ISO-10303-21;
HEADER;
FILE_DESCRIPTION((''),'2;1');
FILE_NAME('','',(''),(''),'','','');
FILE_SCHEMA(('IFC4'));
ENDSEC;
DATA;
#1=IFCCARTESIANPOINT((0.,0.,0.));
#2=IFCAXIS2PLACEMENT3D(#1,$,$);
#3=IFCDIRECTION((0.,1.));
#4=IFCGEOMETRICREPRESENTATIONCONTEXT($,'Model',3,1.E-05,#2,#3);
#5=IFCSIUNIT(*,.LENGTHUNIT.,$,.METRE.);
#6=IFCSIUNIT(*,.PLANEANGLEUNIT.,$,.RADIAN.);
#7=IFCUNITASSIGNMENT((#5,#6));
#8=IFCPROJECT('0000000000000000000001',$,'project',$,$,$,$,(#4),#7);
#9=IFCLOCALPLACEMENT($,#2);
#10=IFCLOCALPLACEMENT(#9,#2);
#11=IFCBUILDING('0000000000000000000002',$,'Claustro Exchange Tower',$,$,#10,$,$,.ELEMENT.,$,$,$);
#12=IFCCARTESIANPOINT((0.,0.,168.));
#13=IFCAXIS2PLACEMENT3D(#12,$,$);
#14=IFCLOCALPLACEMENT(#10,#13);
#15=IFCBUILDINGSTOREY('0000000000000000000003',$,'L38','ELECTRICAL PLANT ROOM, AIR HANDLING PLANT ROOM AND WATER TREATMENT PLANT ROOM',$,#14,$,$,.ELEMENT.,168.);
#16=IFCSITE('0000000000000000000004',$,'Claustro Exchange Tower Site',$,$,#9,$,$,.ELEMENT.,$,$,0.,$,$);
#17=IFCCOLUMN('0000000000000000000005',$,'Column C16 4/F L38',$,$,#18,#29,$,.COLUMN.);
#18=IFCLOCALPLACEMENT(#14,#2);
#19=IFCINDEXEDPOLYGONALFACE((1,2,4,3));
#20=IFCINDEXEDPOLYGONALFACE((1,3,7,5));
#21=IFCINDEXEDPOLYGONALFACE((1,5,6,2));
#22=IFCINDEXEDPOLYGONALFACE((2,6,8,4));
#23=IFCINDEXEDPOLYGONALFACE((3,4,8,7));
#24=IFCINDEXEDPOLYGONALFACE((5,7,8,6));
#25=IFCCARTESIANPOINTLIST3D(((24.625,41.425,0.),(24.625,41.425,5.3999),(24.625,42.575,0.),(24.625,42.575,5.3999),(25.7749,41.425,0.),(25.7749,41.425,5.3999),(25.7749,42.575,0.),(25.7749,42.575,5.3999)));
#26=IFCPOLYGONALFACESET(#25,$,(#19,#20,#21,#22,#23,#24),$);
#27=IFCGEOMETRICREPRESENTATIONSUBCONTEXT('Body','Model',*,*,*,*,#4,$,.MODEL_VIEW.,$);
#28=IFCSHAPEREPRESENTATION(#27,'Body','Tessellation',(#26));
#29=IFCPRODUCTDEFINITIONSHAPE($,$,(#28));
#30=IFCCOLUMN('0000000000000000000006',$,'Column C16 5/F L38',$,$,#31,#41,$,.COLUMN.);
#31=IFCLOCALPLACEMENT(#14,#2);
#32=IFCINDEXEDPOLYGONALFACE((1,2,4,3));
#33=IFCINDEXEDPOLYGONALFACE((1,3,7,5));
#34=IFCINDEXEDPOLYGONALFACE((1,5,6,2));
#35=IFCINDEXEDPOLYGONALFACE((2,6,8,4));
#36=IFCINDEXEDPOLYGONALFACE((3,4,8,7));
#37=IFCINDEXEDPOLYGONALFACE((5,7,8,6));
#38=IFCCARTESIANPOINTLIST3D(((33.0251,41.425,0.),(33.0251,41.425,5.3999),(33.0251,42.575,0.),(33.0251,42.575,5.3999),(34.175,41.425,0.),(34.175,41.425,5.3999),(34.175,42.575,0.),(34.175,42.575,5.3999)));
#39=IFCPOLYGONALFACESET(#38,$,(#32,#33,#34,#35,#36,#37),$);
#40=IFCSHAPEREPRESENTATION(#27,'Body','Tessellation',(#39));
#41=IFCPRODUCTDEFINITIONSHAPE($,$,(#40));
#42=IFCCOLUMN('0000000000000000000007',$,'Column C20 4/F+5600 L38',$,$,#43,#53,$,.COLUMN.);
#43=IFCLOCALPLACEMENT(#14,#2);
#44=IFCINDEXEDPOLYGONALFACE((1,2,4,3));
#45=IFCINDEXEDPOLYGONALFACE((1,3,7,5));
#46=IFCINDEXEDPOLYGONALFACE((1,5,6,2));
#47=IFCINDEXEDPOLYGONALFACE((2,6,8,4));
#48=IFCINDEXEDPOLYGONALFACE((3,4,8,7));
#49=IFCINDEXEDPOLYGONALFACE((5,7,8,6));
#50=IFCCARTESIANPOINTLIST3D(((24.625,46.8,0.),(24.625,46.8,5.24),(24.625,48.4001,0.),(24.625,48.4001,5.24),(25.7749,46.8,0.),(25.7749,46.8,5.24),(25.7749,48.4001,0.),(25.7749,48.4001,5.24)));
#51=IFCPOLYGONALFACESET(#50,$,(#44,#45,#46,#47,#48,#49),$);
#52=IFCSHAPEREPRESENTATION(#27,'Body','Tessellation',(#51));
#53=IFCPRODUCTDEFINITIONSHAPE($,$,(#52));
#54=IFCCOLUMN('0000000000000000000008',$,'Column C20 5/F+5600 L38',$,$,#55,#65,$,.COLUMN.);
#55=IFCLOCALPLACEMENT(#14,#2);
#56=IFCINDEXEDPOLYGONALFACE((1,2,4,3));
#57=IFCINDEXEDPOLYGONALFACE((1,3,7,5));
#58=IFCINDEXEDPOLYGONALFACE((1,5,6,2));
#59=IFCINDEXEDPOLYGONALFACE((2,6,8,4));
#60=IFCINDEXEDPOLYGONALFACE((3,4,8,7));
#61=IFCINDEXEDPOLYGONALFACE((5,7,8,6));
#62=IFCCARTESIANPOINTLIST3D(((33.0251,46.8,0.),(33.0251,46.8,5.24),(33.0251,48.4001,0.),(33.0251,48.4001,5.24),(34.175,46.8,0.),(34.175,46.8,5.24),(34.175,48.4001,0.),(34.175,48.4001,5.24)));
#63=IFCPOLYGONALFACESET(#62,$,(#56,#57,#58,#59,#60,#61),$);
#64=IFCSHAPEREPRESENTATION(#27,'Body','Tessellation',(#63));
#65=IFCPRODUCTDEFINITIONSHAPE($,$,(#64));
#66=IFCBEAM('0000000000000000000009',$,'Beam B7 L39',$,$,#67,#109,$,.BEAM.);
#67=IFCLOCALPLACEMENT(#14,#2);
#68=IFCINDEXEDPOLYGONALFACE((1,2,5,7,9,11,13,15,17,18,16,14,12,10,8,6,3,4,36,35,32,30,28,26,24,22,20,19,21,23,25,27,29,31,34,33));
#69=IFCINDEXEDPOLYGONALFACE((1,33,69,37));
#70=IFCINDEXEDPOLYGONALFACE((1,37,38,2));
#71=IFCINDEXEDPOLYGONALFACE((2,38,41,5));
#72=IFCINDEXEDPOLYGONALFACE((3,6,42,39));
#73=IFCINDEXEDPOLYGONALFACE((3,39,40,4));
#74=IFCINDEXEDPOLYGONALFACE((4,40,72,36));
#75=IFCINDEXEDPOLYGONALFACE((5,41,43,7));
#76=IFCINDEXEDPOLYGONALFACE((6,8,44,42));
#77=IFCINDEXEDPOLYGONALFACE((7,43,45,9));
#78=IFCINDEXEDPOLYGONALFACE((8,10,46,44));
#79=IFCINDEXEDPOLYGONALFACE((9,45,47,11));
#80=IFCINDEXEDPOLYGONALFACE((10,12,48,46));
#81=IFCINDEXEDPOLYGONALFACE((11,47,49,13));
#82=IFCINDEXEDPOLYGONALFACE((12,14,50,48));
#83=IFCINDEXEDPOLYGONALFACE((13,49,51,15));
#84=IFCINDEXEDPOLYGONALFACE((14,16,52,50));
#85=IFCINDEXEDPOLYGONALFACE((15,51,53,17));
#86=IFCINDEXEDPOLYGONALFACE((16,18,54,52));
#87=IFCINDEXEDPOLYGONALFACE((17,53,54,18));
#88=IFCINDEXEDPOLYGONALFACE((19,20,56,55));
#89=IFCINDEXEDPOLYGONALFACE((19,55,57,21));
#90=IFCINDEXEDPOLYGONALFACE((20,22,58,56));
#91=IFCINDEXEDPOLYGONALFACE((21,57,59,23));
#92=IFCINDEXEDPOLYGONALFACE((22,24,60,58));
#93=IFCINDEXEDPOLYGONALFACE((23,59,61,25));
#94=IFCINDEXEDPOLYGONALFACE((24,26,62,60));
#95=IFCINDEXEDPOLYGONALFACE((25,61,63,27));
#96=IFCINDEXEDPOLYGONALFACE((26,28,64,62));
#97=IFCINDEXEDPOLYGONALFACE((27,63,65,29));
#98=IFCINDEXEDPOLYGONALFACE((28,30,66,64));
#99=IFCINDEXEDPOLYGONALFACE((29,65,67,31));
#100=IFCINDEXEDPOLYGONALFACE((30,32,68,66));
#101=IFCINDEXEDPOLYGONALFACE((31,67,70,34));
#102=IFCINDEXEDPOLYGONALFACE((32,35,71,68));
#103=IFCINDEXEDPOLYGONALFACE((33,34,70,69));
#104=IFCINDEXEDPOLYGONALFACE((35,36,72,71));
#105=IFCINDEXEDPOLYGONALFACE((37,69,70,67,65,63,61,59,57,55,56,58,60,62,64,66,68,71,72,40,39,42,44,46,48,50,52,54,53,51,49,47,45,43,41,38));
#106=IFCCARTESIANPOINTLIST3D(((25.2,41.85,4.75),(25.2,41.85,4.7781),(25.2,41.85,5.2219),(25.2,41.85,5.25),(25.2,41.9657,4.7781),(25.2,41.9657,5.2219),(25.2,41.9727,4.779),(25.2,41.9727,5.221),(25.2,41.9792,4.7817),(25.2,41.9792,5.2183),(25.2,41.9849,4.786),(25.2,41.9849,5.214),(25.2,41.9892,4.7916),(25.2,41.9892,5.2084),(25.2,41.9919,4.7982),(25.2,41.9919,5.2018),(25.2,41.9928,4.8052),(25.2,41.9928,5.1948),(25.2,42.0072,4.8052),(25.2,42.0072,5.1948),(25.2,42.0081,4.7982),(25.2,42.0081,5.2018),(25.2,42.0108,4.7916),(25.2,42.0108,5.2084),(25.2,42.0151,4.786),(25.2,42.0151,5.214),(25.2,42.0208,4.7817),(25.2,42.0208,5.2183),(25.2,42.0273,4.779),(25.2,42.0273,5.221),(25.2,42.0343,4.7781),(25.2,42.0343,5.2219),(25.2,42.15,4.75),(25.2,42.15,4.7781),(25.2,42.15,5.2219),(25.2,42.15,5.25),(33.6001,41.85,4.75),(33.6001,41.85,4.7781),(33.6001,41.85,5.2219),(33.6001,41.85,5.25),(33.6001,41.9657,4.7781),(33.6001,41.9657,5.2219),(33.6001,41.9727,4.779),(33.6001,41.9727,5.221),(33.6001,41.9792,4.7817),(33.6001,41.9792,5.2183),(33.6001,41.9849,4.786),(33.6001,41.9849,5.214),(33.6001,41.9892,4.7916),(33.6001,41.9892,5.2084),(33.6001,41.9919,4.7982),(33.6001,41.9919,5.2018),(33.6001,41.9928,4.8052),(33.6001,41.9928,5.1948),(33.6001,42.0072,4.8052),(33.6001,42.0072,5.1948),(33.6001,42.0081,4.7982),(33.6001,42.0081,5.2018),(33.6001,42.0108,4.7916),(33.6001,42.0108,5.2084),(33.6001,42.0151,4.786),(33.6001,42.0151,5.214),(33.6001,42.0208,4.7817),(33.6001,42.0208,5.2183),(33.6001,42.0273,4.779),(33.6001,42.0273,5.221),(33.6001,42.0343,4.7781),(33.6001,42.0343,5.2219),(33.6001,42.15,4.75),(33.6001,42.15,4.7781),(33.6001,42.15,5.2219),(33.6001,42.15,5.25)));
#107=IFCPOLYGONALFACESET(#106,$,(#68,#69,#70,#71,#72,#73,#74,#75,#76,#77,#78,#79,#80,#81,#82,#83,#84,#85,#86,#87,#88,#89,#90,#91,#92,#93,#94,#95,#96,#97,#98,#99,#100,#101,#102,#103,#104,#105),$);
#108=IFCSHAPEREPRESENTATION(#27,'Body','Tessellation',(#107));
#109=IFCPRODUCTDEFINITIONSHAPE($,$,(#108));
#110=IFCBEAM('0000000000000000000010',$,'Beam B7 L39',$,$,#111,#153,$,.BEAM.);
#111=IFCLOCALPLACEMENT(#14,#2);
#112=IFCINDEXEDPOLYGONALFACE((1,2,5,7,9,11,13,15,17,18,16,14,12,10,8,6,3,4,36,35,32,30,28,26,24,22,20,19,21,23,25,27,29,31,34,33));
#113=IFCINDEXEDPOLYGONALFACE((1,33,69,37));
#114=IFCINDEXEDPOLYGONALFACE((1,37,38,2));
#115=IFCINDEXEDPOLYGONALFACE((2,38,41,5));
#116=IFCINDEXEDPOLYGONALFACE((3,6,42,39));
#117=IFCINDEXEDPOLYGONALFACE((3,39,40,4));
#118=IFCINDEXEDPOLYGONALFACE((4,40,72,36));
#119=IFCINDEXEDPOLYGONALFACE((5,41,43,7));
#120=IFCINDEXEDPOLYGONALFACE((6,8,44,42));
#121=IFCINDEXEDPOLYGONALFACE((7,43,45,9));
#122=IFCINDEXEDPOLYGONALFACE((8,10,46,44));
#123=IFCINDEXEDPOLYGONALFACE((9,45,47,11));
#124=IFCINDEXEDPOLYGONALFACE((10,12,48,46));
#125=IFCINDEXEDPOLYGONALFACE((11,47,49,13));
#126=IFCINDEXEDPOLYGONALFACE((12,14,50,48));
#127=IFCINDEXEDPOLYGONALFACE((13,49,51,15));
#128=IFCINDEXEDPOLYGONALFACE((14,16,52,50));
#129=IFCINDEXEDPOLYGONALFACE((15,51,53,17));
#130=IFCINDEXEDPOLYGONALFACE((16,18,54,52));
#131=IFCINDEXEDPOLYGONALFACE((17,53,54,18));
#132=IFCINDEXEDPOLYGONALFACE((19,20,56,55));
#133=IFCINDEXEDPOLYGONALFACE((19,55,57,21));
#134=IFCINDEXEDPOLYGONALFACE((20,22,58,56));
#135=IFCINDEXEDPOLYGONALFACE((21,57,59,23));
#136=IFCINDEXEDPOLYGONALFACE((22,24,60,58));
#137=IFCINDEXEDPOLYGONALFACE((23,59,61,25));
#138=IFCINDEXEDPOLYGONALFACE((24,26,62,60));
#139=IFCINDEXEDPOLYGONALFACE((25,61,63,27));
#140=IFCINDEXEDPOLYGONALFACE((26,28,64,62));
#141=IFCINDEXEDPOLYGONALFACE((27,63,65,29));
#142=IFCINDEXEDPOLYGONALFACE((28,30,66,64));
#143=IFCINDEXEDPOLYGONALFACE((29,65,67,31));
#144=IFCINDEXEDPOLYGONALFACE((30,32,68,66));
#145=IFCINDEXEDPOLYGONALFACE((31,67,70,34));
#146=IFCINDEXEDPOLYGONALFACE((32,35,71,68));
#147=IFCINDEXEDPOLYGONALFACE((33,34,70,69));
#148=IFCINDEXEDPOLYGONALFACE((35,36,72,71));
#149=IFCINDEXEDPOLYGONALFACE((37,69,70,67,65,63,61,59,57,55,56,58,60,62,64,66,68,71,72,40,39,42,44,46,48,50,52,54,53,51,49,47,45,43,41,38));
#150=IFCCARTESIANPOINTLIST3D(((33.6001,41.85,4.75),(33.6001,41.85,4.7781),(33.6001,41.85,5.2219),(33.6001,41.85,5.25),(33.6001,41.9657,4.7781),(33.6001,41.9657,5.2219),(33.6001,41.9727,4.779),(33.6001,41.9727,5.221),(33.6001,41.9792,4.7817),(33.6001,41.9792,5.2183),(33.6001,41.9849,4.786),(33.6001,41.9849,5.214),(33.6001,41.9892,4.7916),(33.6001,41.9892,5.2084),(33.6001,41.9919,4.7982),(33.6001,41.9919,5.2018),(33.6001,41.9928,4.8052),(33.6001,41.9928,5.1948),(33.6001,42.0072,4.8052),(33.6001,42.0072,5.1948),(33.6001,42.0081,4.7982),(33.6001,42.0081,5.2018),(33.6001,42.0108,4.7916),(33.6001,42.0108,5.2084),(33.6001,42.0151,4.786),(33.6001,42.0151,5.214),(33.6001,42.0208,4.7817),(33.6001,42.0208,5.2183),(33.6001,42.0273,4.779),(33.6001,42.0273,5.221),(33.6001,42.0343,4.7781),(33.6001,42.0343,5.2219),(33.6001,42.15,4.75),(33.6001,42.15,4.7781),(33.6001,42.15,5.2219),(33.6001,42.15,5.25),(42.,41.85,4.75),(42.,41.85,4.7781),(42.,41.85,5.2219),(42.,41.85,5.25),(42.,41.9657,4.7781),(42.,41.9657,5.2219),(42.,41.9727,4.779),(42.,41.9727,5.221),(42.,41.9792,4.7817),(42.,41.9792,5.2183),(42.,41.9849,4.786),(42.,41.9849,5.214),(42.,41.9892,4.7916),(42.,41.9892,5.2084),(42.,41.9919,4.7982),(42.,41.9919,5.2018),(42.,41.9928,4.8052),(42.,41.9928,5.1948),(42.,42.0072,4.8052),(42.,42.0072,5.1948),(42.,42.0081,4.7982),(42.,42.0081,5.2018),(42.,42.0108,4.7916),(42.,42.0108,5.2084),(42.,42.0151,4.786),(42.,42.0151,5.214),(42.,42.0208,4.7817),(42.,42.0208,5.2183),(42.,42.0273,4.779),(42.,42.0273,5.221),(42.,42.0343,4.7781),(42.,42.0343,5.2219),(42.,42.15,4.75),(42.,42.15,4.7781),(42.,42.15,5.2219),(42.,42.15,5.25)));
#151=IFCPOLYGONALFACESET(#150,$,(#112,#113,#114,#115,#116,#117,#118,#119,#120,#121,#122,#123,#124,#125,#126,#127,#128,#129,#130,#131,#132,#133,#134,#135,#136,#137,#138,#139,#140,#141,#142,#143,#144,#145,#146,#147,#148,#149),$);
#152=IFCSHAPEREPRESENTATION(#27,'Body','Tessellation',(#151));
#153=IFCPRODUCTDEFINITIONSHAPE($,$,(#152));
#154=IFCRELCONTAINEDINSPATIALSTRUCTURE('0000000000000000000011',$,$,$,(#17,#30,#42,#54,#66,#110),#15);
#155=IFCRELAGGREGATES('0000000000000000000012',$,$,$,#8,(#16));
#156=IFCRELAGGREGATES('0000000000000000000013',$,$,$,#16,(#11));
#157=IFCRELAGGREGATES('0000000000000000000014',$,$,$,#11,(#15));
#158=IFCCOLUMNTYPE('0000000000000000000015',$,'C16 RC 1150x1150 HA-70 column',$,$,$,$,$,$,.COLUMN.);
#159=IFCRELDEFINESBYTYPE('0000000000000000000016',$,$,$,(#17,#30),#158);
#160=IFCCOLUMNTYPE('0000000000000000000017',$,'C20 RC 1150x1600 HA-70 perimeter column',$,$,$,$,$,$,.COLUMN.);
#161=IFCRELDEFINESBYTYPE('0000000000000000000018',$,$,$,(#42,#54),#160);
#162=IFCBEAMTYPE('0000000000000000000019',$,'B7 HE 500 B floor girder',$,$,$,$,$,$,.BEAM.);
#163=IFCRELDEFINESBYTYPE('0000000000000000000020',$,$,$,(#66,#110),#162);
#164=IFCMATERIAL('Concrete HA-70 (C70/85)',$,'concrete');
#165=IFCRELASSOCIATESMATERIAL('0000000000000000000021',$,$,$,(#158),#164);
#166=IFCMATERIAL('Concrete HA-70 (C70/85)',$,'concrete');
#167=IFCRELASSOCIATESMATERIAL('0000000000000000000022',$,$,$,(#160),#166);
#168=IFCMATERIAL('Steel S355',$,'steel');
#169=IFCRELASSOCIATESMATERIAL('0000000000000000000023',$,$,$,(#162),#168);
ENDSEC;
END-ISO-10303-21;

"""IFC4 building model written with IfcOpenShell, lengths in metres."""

from ifc_helpers import new_model, si_unit, direction, frame, origin, origin_2d, place, context, subcontext, project, spatial, rectangle, i_section, extrude, material, material_profile, profile_set, type_object, element, save


model = new_model("IFC4")

# Units and contexts
model_context = context("Model", 3, precision=1e-05, world=origin(), true_north=direction((0.0, 1.0)))
body_context = subcontext(model_context, "Body", "Model", "MODEL_VIEW")
ifc_project = project(units=[si_unit("LENGTHUNIT", "METRE"), si_unit("PLANEANGLEUNIT", "RADIAN")], contexts=[model_context])

# Site, building, storey
site_placement = place(None, origin())
site = spatial("IfcSite", under=ifc_project, at=site_placement, Name="Claustro Exchange Tower Site", CompositionType="ELEMENT", RefElevation=0.0)
building_placement = place(site_placement, origin())
building = spatial("IfcBuilding", under=site, at=building_placement, Name="Claustro Exchange Tower", CompositionType="ELEMENT")
storey_placement = place(building_placement, frame((0.0, 0.0, 168.0)))
storey = spatial("IfcBuildingStorey", under=building, at=storey_placement, Name="L38", Description="ELECTRICAL PLANT ROOM, AIR HANDLING PLANT ROOM AND WATER TREATMENT PLANT ROOM", CompositionType="ELEMENT", Elevation=168.0)

# Columns
ifc_material_1 = material(Name="Concrete HA-70 (C70/85)", Category="concrete")
ifc_material_profile_1 = material_profile(ifc_material_1, rectangle(XDim=1.1499, YDim=1.1499, at=origin_2d()), Name="RC 1150x1150")
ifc_profile_set_1 = profile_set([ifc_material_profile_1], Name="Concrete HA-70 (C70/85)")
column_type_1 = type_object("IfcColumnType", Name="C16 RC 1150x1150 HA-70 column", PredefinedType="COLUMN", material=ifc_profile_set_1)
for number, where, z_axis, x_axis, name in (
    (1, (25.2, 42.0, 0.0), (0.0, 0.0, 1.0), (1.0, 0.0, 0.0), "Column C16 4/F L38"),
    (2, (33.6001, 42.0, 0.0), (0.0, 0.0, 1.0), (1.0, 0.0, 0.0), "Column C16 5/F L38"),
):
    element("IfcColumn", number, at=place(storey_placement, frame(where, z_axis=z_axis, x_axis=x_axis)), inside=storey, type_object=column_type_1, Name=name, PredefinedType="COLUMN", context=body_context, shape_type="SweptSolid", body=[
        extrude(rectangle(XDim=1.1499, YDim=1.1499, at=origin_2d()), origin(), (0.0, 0.0, 1.0), 5.3999),
    ])
ifc_material_2 = material(Name="Concrete HA-70 (C70/85)", Category="concrete")
ifc_material_profile_2 = material_profile(ifc_material_2, rectangle(XDim=1.1499, YDim=1.6001, at=origin_2d()), Name="RC 1150x1600")
ifc_profile_set_2 = profile_set([ifc_material_profile_2], Name="Concrete HA-70 (C70/85)")
column_type_2 = type_object("IfcColumnType", Name="C20 RC 1150x1600 HA-70 perimeter column", PredefinedType="COLUMN", material=ifc_profile_set_2)
for number, where, z_axis, x_axis, name in (
    (3, (25.2, 47.6001, 0.0), (0.0, 0.0, 1.0), (1.0, 0.0, 0.0), "Column C20 4/F+5600 L38"),
    (4, (33.6001, 47.6001, 0.0), (0.0, 0.0, 1.0), (1.0, 0.0, 0.0), "Column C20 5/F+5600 L38"),
):
    element("IfcColumn", number, at=place(storey_placement, frame(where, z_axis=z_axis, x_axis=x_axis)), inside=storey, type_object=column_type_2, Name=name, PredefinedType="COLUMN", context=body_context, shape_type="SweptSolid", body=[
        extrude(rectangle(XDim=1.1499, YDim=1.6001, at=origin_2d()), origin(), (0.0, 0.0, 1.0), 5.24),
    ])

# Beams
ifc_material_3 = material(Name="Steel S355", Category="steel")
ifc_material_profile_3 = material_profile(ifc_material_3, i_section(OverallWidth=0.3, OverallDepth=0.5, WebThickness=0.0144, FlangeThickness=0.0281, FilletRadius=0.0271, at=origin_2d()), Name="HE 500 B")
ifc_profile_set_3 = profile_set([ifc_material_profile_3], Name="Steel S355")
beam_type_1 = type_object("IfcBeamType", Name="B7 HE 500 B floor girder", PredefinedType="BEAM", material=ifc_profile_set_3)
beam_1_placement = place(storey_placement, frame((25.2, 42.0, 5.0), z_axis=(1.0, 0.0, 0.0), x_axis=(0.0, 1.0, 0.0)))
element("IfcBeam", 5, at=beam_1_placement, inside=storey, type_object=beam_type_1, Name="Beam B7 L39", PredefinedType="BEAM", context=body_context, shape_type="SweptSolid", body=[
    extrude(i_section(OverallWidth=0.3, OverallDepth=0.5, WebThickness=0.0144, FlangeThickness=0.0281, FilletRadius=0.0271, at=origin_2d()), origin(), (0.0, 0.0, 1.0), 8.4001),
])
beam_2_placement = place(storey_placement, frame((33.6001, 42.0, 5.0), z_axis=(1.0, 0.0, 0.0), x_axis=(0.0, 1.0, 0.0)))
element("IfcBeam", 6, at=beam_2_placement, inside=storey, type_object=beam_type_1, Name="Beam B7 L39", PredefinedType="BEAM", context=body_context, shape_type="SweptSolid", body=[
    extrude(i_section(OverallWidth=0.3, OverallDepth=0.5, WebThickness=0.0144, FlangeThickness=0.0281, FilletRadius=0.0271, at=origin_2d()), origin(), (0.0, 0.0, 1.0), 8.3999),
])

save(model, "model.ifc")
